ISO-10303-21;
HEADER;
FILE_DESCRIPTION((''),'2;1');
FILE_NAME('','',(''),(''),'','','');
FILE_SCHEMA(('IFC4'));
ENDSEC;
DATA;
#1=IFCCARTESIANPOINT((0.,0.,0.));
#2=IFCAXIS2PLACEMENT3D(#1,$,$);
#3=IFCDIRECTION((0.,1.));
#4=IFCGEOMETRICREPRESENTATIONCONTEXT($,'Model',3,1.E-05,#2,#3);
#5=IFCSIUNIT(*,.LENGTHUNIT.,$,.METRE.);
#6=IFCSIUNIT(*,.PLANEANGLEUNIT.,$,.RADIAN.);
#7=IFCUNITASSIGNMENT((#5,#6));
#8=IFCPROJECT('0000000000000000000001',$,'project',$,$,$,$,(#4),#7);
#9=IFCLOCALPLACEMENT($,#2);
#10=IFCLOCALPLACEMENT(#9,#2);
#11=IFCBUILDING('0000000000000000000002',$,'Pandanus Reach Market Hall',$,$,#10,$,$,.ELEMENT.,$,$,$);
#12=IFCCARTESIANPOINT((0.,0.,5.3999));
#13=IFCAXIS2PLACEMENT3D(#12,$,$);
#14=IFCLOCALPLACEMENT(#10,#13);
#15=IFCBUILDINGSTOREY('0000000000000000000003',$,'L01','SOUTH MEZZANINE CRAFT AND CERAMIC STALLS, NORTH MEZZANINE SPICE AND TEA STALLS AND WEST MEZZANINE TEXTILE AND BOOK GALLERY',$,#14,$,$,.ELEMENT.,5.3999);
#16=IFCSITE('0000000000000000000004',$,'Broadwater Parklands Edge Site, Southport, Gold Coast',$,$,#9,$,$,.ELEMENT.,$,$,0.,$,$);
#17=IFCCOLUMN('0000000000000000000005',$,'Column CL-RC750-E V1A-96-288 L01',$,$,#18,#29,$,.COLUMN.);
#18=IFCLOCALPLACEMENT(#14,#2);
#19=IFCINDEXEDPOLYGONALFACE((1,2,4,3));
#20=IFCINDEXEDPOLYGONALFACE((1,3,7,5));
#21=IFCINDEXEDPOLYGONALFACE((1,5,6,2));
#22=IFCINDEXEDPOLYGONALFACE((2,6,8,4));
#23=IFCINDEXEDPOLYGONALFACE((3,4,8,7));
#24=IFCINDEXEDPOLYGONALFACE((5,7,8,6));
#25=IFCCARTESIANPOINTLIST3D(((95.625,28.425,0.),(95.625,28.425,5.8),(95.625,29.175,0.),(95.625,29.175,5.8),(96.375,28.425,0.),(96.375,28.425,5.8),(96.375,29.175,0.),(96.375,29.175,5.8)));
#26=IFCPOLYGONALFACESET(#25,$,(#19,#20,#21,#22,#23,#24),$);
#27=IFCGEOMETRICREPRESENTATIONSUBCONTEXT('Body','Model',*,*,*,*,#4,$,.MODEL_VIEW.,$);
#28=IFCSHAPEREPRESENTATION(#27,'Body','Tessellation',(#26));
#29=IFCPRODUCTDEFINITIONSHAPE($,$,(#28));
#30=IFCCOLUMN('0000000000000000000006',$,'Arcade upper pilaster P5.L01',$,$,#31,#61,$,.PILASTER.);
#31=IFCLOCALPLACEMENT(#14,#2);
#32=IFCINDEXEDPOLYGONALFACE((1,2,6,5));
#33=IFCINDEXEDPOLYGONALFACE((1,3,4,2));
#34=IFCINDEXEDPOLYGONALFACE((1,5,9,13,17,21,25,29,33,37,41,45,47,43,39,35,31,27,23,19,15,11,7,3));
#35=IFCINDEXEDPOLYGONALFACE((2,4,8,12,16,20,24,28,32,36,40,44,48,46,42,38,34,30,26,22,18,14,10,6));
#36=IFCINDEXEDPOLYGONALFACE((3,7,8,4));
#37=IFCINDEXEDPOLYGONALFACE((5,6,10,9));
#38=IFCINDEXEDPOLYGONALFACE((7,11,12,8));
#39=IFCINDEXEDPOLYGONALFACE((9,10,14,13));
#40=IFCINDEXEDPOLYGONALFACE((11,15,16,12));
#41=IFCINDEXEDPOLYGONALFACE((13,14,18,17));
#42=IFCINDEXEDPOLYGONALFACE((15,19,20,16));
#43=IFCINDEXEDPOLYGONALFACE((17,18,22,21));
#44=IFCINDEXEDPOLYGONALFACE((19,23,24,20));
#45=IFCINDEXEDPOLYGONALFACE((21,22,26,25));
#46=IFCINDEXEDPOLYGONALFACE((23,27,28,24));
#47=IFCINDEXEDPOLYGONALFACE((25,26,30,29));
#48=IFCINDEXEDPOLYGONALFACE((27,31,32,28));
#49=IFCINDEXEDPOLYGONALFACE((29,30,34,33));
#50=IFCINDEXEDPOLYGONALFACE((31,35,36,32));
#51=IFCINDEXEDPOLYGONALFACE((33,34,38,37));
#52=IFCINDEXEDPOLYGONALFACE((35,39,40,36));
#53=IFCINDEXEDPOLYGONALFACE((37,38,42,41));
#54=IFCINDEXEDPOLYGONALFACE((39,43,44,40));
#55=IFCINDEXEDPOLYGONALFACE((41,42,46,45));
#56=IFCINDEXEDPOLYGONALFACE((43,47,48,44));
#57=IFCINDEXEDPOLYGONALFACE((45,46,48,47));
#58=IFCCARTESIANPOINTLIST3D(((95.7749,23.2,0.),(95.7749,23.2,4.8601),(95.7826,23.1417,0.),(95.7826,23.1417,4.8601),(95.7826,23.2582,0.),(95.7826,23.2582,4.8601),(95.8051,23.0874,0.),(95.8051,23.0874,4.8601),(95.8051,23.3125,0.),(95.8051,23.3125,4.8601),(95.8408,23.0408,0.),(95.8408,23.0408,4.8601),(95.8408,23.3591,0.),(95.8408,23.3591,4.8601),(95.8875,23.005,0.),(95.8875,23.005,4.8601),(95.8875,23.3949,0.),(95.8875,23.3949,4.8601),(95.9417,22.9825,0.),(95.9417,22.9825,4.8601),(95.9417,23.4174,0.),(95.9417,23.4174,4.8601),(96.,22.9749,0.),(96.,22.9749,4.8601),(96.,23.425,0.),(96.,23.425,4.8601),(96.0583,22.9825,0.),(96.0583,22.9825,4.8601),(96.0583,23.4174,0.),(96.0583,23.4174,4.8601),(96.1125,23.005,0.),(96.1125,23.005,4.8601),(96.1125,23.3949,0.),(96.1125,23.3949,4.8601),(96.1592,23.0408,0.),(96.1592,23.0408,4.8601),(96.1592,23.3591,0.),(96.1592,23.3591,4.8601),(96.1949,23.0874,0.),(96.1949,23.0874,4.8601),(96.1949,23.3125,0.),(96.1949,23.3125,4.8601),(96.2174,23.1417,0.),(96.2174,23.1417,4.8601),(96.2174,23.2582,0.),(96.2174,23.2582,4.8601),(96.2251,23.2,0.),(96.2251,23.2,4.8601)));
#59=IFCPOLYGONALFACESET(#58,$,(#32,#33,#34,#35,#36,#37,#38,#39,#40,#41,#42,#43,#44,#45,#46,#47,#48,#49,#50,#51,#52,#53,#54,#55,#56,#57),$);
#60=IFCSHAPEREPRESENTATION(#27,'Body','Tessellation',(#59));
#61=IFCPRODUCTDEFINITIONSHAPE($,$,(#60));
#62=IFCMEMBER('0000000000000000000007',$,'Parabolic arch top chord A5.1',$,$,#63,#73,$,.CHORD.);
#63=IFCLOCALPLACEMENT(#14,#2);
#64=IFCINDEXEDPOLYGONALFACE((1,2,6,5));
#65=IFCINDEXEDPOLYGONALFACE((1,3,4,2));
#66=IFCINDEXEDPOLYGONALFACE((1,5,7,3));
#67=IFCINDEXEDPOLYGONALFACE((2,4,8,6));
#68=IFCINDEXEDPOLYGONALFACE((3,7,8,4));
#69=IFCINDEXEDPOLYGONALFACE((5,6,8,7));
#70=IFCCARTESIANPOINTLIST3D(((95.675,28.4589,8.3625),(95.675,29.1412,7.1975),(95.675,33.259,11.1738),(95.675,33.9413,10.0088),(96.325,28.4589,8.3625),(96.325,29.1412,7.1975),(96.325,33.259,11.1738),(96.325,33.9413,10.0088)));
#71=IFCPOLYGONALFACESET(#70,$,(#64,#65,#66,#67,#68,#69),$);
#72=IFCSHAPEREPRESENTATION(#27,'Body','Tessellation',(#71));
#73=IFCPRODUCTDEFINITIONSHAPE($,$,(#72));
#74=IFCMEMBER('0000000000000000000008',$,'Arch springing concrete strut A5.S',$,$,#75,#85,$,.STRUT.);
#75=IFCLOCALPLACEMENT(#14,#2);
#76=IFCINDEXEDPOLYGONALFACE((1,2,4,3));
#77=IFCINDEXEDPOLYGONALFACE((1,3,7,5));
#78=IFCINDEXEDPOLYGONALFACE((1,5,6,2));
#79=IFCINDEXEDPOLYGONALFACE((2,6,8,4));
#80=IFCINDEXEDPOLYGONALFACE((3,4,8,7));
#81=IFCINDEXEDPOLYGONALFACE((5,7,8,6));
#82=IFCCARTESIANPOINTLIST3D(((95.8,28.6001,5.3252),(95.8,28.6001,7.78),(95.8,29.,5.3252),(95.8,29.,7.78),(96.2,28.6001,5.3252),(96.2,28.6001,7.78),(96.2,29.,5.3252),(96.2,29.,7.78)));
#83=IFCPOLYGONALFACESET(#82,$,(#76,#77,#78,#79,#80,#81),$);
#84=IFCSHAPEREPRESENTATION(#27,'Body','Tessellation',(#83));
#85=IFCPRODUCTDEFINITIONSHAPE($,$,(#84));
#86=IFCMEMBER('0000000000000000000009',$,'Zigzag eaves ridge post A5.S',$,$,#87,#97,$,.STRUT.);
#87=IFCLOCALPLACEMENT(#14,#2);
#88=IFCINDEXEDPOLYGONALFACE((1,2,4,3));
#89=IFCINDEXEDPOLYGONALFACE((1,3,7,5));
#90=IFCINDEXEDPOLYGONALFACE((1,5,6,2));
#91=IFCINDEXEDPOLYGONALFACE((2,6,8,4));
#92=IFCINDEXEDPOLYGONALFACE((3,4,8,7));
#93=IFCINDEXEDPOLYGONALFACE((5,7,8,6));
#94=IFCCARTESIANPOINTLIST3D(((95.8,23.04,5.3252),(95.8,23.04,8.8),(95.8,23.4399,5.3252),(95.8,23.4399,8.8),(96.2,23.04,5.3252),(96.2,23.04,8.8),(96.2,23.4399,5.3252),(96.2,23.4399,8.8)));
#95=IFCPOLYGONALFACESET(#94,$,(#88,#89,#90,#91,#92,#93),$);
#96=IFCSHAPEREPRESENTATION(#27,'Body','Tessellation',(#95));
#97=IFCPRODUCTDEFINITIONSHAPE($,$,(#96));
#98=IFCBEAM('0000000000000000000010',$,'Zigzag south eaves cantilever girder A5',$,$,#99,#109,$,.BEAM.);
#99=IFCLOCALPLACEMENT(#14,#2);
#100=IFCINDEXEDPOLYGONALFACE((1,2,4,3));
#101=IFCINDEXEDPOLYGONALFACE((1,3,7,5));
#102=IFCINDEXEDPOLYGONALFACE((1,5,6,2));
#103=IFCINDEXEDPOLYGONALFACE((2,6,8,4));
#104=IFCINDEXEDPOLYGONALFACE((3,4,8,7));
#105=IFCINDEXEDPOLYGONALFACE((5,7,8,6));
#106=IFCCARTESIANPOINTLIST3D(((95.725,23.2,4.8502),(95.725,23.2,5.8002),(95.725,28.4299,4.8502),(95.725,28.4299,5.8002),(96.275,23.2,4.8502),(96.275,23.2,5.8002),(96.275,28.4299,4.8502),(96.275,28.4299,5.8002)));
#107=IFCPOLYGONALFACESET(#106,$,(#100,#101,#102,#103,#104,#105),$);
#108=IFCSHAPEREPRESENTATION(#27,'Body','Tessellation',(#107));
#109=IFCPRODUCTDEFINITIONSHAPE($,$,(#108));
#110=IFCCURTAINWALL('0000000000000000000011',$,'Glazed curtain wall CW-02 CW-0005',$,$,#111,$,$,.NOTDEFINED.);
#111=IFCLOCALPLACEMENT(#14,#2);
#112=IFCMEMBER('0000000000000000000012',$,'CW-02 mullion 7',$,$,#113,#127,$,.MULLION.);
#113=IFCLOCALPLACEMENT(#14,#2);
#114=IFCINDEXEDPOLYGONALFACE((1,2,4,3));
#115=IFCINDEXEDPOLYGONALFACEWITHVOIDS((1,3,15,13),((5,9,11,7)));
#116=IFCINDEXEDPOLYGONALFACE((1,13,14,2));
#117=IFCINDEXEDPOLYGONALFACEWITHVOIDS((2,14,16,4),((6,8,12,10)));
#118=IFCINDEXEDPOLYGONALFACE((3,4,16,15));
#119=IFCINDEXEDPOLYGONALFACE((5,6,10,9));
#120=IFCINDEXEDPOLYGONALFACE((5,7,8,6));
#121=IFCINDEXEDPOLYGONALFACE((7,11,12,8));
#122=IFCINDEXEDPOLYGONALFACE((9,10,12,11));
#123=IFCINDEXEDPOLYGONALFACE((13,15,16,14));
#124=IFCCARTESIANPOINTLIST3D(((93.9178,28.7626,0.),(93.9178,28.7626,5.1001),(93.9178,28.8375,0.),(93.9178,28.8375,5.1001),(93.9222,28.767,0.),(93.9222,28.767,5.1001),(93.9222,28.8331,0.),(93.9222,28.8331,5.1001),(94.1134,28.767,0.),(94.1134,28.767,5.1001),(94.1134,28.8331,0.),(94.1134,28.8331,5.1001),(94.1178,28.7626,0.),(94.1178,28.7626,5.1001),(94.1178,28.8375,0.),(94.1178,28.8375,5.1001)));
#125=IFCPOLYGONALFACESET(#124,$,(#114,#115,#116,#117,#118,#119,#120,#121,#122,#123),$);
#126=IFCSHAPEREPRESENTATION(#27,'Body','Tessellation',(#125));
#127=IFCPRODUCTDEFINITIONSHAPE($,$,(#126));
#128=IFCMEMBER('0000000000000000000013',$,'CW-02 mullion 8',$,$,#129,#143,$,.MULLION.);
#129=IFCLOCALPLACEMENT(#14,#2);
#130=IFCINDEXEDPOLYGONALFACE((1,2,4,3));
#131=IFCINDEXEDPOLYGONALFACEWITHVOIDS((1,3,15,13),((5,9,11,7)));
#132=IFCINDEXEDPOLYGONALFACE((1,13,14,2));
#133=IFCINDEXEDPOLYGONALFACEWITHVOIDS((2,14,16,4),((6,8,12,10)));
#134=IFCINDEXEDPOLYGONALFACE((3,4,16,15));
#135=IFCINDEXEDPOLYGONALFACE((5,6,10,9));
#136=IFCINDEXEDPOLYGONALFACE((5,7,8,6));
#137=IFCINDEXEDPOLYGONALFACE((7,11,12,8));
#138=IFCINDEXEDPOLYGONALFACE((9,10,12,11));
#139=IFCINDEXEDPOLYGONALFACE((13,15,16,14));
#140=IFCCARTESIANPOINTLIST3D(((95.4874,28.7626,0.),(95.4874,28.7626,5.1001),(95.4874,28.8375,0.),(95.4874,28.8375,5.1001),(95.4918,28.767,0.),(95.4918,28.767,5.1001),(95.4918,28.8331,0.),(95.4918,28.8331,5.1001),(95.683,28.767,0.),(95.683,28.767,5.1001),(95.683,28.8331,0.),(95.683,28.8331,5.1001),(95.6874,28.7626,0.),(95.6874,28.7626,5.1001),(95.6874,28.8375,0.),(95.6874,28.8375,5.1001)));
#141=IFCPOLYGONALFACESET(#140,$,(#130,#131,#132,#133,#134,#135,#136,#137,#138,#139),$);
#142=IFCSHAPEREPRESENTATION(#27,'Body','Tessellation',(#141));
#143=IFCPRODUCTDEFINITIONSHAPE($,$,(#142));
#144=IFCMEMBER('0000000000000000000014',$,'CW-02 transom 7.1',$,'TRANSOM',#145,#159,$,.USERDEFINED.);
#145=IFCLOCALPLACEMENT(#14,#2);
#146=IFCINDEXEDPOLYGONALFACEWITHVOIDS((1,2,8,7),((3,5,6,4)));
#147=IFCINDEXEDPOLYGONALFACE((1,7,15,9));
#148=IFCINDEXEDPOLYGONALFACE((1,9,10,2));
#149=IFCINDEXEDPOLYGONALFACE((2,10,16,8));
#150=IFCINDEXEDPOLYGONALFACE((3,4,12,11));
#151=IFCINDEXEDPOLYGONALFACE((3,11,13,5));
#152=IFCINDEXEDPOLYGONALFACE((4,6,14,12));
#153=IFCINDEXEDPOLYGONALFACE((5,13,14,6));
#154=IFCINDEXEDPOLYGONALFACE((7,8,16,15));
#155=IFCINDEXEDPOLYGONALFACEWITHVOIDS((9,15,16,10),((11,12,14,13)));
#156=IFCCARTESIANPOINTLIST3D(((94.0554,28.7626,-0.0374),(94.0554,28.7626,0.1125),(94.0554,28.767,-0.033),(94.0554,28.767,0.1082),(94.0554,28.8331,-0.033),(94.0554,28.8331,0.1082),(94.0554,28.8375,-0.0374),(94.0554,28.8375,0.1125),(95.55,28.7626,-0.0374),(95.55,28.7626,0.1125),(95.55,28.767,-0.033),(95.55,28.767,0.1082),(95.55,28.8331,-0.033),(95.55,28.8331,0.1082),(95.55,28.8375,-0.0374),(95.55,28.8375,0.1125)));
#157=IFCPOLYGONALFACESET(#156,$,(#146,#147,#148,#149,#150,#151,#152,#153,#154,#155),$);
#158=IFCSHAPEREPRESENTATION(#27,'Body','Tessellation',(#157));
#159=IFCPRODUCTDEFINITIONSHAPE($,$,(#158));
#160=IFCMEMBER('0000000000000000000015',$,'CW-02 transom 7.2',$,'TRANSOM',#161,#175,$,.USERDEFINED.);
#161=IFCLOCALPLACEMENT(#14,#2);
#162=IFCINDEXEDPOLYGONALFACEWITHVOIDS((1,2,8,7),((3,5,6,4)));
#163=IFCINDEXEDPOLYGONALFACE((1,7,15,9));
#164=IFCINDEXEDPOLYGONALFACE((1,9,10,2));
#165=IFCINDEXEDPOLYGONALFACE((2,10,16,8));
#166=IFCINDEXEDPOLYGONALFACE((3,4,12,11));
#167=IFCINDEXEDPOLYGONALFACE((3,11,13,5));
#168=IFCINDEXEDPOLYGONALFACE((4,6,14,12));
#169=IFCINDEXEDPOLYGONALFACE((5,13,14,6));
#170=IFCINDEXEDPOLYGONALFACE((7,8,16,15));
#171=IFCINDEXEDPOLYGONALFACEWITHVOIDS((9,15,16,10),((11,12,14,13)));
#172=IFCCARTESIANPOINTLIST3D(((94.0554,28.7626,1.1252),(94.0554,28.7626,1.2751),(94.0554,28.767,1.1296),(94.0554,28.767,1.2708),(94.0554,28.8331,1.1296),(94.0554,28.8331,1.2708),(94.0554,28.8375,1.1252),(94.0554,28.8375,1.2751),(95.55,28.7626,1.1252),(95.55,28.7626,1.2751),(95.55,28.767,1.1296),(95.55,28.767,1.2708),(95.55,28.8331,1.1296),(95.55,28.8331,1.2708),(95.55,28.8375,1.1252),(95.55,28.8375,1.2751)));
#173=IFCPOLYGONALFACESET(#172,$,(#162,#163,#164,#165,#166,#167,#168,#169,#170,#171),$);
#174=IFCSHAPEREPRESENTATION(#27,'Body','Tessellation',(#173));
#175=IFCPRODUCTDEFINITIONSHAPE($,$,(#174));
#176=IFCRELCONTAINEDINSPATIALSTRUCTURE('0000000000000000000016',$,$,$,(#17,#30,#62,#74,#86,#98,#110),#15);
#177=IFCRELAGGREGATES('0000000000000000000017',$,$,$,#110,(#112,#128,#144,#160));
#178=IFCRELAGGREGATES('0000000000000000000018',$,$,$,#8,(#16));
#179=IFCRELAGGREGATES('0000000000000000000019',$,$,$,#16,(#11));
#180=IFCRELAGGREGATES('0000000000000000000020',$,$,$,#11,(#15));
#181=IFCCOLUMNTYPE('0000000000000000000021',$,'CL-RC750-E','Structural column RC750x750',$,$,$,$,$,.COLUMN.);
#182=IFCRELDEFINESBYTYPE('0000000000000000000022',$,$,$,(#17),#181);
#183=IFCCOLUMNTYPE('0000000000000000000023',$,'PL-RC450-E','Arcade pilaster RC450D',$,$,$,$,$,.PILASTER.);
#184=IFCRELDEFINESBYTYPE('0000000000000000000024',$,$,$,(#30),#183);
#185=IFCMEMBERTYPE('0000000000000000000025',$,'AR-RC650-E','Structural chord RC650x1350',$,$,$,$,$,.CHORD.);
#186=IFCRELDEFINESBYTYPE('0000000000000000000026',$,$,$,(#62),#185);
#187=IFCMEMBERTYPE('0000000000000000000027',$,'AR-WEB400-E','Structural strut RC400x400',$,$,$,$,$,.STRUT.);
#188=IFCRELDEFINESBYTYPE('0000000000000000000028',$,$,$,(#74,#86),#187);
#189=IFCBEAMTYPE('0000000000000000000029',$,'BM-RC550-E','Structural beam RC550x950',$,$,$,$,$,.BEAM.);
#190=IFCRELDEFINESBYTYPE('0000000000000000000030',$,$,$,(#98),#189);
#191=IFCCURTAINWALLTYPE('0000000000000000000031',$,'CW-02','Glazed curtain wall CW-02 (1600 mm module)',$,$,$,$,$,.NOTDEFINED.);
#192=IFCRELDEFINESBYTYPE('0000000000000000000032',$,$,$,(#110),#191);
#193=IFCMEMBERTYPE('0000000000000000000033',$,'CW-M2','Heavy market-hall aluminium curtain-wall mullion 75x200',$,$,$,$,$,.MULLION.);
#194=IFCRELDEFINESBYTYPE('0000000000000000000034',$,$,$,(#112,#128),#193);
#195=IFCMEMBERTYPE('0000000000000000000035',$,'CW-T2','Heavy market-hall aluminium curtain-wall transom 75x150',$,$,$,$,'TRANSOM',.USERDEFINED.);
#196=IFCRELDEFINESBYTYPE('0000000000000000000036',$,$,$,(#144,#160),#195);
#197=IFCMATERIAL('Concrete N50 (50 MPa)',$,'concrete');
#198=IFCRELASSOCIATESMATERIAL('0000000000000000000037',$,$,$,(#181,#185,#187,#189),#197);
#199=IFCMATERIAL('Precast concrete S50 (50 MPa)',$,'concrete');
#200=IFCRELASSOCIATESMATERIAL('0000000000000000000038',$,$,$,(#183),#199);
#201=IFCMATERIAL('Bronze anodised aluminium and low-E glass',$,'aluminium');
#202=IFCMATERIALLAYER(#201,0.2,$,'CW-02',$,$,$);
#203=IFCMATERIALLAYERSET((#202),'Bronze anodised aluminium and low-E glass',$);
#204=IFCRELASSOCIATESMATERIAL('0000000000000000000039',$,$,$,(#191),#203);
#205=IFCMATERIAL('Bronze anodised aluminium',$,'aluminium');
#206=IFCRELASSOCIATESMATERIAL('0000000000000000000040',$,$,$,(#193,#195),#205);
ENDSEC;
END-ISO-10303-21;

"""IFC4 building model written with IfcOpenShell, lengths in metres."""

from ifc_helpers import new_model, si_unit, direction, frame, origin, origin_2d, place, context, subcontext, project, spatial, rectangle, hollow_rectangle, circle, extrude, material, layer, layer_set, material_profile, profile_set, type_object, element, aggregate, save


model = new_model("IFC4")

# Units and contexts
model_context = context("Model", 3, precision=1e-05, world=origin(), true_north=direction((0.0, 1.0)))
body_context = subcontext(model_context, "Body", "Model", "MODEL_VIEW")
ifc_project = project(units=[si_unit("LENGTHUNIT", "METRE"), si_unit("PLANEANGLEUNIT", "RADIAN")], contexts=[model_context])

# Site, building, storey
site_placement = place(None, origin())
site = spatial("IfcSite", under=ifc_project, at=site_placement, Name="Broadwater Parklands Edge Site, Southport, Gold Coast", CompositionType="ELEMENT", RefElevation=0.0)
building_placement = place(site_placement, origin())
building = spatial("IfcBuilding", under=site, at=building_placement, Name="Pandanus Reach Market Hall", CompositionType="ELEMENT")
storey_placement = place(building_placement, frame((0.0, 0.0, 5.3999)))
storey = spatial("IfcBuildingStorey", under=building, at=storey_placement, Name="L01", Description="SOUTH MEZZANINE CRAFT AND CERAMIC STALLS, NORTH MEZZANINE SPICE AND TEA STALLS AND WEST MEZZANINE TEXTILE AND BOOK GALLERY", CompositionType="ELEMENT", Elevation=5.3999)

# Columns
ifc_material_1 = material(Name="Concrete N50 (50 MPa)", Category="concrete")
ifc_material_profile_1 = material_profile(ifc_material_1, rectangle(XDim=0.75, YDim=0.75, at=origin_2d()), Name="RC750x750", Category="LoadBearing")
ifc_profile_set_1 = profile_set([ifc_material_profile_1], Name="Concrete N50 (50 MPa)")
column_type_1 = type_object("IfcColumnType", Name="CL-RC750-E", Description="Structural column RC750x750", PredefinedType="COLUMN", material=ifc_profile_set_1)
column_1_placement = place(storey_placement, frame((96.0, 28.8, 0.0), z_axis=(0.0, 0.0, 1.0), x_axis=(1.0, 0.0, 0.0)))
element("IfcColumn", 1, at=column_1_placement, inside=storey, type_object=column_type_1, Name="Column CL-RC750-E V1A-96-288 L01", PredefinedType="COLUMN", context=body_context, shape_type="SweptSolid", body=[
    extrude(rectangle(XDim=0.75, YDim=0.75, at=origin_2d()), origin(), (0.0, 0.0, 1.0), 5.8),
])
ifc_material_2 = material(Name="Precast concrete S50 (50 MPa)", Category="concrete")
ifc_material_profile_2 = material_profile(ifc_material_2, circle(Radius=0.2251, at=origin_2d()), Name="RC450D", Category="LoadBearing")
ifc_profile_set_2 = profile_set([ifc_material_profile_2], Name="Precast concrete S50 (50 MPa)")
column_type_2 = type_object("IfcColumnType", Name="PL-RC450-E", Description="Arcade pilaster RC450D", PredefinedType="PILASTER", material=ifc_profile_set_2)
column_2_placement = place(storey_placement, frame((96.0, 23.2, 0.0), z_axis=(0.0, 0.0, 1.0), x_axis=(1.0, 0.0, 0.0)))
element("IfcColumn", 2, at=column_2_placement, inside=storey, type_object=column_type_2, Name="Arcade upper pilaster P5.L01", PredefinedType="PILASTER", context=body_context, shape_type="SweptSolid", body=[
    extrude(circle(Radius=0.2251, at=origin_2d()), origin(), (0.0, 0.0, 1.0), 4.8601),
])

# Members
ifc_material_profile_3 = material_profile(ifc_material_1, rectangle(XDim=0.6499, YDim=1.3501, at=origin_2d()), Name="RC650x1350", Category="LoadBearing")
ifc_profile_set_3 = profile_set([ifc_material_profile_3], Name="Concrete N50 (50 MPa)")
member_type_1 = type_object("IfcMemberType", Name="AR-RC650-E", Description="Structural chord RC650x1350", PredefinedType="CHORD", material=ifc_profile_set_3)
member_1_placement = place(storey_placement, frame((96.0, 28.8, 7.78), z_axis=(0.0, 0.862897, 0.505379), x_axis=(-1.0, 0.0, 0.0)))
element("IfcMember", 3, at=member_1_placement, inside=storey, type_object=member_type_1, Name="Parabolic arch top chord A5.1", PredefinedType="CHORD", context=body_context, shape_type="SweptSolid", body=[
    extrude(rectangle(XDim=0.6499, YDim=1.3501, at=origin_2d()), origin(), (0.0, 0.0, 1.0), 5.5627),
])
ifc_material_profile_4 = material_profile(ifc_material_1, rectangle(XDim=0.3999, YDim=0.3999, at=origin_2d()), Name="RC400x400", Category="LoadBearing")
ifc_profile_set_4 = profile_set([ifc_material_profile_4], Name="Concrete N50 (50 MPa)")
member_type_2 = type_object("IfcMemberType", Name="AR-WEB400-E", Description="Structural strut RC400x400", PredefinedType="STRUT", material=ifc_profile_set_4)
member_2_placement = place(storey_placement, frame((96.0, 28.8, 5.3252), z_axis=(0.0, 0.0, 1.0), x_axis=(1.0, 0.0, 0.0)))
element("IfcMember", 4, at=member_2_placement, inside=storey, type_object=member_type_2, Name="Arch springing concrete strut A5.S", PredefinedType="STRUT", context=body_context, shape_type="SweptSolid", body=[
    extrude(rectangle(XDim=0.3999, YDim=0.3999, at=origin_2d()), origin(), (0.0, 0.0, 1.0), 2.4548),
])
member_3_placement = place(storey_placement, frame((96.0, 23.24, 5.3252), z_axis=(0.0, 0.0, 1.0), x_axis=(1.0, 0.0, 0.0)))
element("IfcMember", 5, at=member_3_placement, inside=storey, type_object=member_type_2, Name="Zigzag eaves ridge post A5.S", PredefinedType="STRUT", context=body_context, shape_type="SweptSolid", body=[
    extrude(rectangle(XDim=0.3999, YDim=0.3999, at=origin_2d()), origin(), (0.0, 0.0, 1.0), 3.4749),
])

# Beam
ifc_material_profile_5 = material_profile(ifc_material_1, rectangle(XDim=0.55, YDim=0.95, at=origin_2d()), Name="RC550x950", Category="LoadBearing")
ifc_profile_set_5 = profile_set([ifc_material_profile_5], Name="Concrete N50 (50 MPa)")
beam_type = type_object("IfcBeamType", Name="BM-RC550-E", Description="Structural beam RC550x950", PredefinedType="BEAM", material=ifc_profile_set_5)
beam_placement = place(storey_placement, frame((96.0, 23.2, 5.3252), z_axis=(0.0, 1.0, 0.0), x_axis=(-1.0, 0.0, 0.0)))
element("IfcBeam", 6, at=beam_placement, inside=storey, type_object=beam_type, Name="Zigzag south eaves cantilever girder A5", PredefinedType="BEAM", context=body_context, shape_type="SweptSolid", body=[
    extrude(rectangle(XDim=0.55, YDim=0.95, at=origin_2d()), origin(), (0.0, 0.0, 1.0), 5.23),
])

# Curtain wall, members
ifc_material_3 = material(Name="Bronze anodised aluminium and low-E glass", Category="aluminium")
ifc_layer_1 = layer(ifc_material_3, 0.2, Name="CW-02")
ifc_layer_set_1 = layer_set([ifc_layer_1], Name="Bronze anodised aluminium and low-E glass")
curtain_wall_type = type_object("IfcCurtainWallType", Name="CW-02", Description="Glazed curtain wall CW-02 (1600 mm module)", PredefinedType="NOTDEFINED", material=ifc_layer_set_1)
curtain_wall_placement = place(storey_placement, origin())
curtain_wall = element("IfcCurtainWall", 7, at=curtain_wall_placement, inside=storey, type_object=curtain_wall_type, Name="Glazed curtain wall CW-02 CW-0005", PredefinedType="NOTDEFINED")
ifc_material_4 = material(Name="Bronze anodised aluminium", Category="aluminium")
ifc_material_profile_6 = material_profile(ifc_material_4, hollow_rectangle(XDim=0.075, YDim=0.2, WallThickness=0.0044, at=origin_2d()), Name="ALU75x200", Category="LoadBearing")
ifc_profile_set_6 = profile_set([ifc_material_profile_6], Name="Bronze anodised aluminium")
member_type_3 = type_object("IfcMemberType", Name="CW-M2", Description="Heavy market-hall aluminium curtain-wall mullion 75x200", PredefinedType="MULLION", material=ifc_profile_set_6)
member_4_placement = place(storey_placement, frame((94.0178, 28.8, 0.0), z_axis=(0.0, 0.0, 1.0), x_axis=(0.0, 1.0, 0.0)))
member_4 = element("IfcMember", 8, at=member_4_placement, type_object=member_type_3, Name="CW-02 mullion 7", PredefinedType="MULLION", context=body_context, shape_type="SweptSolid", body=[
    extrude(hollow_rectangle(XDim=0.075, YDim=0.2, WallThickness=0.0044, at=origin_2d()), origin(), (0.0, 0.0, 1.0), 5.1001),
])
member_5_placement = place(storey_placement, frame((95.5874, 28.8, 0.0), z_axis=(0.0, 0.0, 1.0), x_axis=(0.0, 1.0, 0.0)))
member_5 = element("IfcMember", 9, at=member_5_placement, type_object=member_type_3, Name="CW-02 mullion 8", PredefinedType="MULLION", context=body_context, shape_type="SweptSolid", body=[
    extrude(hollow_rectangle(XDim=0.075, YDim=0.2, WallThickness=0.0044, at=origin_2d()), origin(), (0.0, 0.0, 1.0), 5.1001),
])
ifc_material_profile_7 = material_profile(ifc_material_4, hollow_rectangle(XDim=0.075, YDim=0.1499, WallThickness=0.0044, at=origin_2d()), Name="ALU75x150", Category="LoadBearing")
ifc_profile_set_7 = profile_set([ifc_material_profile_7], Name="Bronze anodised aluminium")
member_type_4 = type_object("IfcMemberType", Name="CW-T2", Description="Heavy market-hall aluminium curtain-wall transom 75x150", ElementType="TRANSOM", PredefinedType="USERDEFINED", material=ifc_profile_set_7)
member_6_placement = place(storey_placement, frame((94.0554, 28.8, 0.0376), z_axis=(1.0, 0.0, 0.0), x_axis=(0.0, 1.0, 0.0)))
member_6 = element("IfcMember", 10, at=member_6_placement, type_object=member_type_4, Name="CW-02 transom 7.1", ObjectType="TRANSOM", PredefinedType="USERDEFINED", context=body_context, shape_type="SweptSolid", body=[
    extrude(hollow_rectangle(XDim=0.075, YDim=0.1499, WallThickness=0.0044, at=origin_2d()), origin(), (0.0, 0.0, 1.0), 1.4946),
])
member_7_placement = place(storey_placement, frame((94.0554, 28.8, 1.2002), z_axis=(1.0, 0.0, 0.0), x_axis=(0.0, 1.0, 0.0)))
member_7 = element("IfcMember", 11, at=member_7_placement, type_object=member_type_4, Name="CW-02 transom 7.2", ObjectType="TRANSOM", PredefinedType="USERDEFINED", context=body_context, shape_type="SweptSolid", body=[
    extrude(hollow_rectangle(XDim=0.075, YDim=0.1499, WallThickness=0.0044, at=origin_2d()), origin(), (0.0, 0.0, 1.0), 1.4946),
])

aggregate(curtain_wall, [member_4, member_5, member_6, member_7])

save(model, "model.ifc")
